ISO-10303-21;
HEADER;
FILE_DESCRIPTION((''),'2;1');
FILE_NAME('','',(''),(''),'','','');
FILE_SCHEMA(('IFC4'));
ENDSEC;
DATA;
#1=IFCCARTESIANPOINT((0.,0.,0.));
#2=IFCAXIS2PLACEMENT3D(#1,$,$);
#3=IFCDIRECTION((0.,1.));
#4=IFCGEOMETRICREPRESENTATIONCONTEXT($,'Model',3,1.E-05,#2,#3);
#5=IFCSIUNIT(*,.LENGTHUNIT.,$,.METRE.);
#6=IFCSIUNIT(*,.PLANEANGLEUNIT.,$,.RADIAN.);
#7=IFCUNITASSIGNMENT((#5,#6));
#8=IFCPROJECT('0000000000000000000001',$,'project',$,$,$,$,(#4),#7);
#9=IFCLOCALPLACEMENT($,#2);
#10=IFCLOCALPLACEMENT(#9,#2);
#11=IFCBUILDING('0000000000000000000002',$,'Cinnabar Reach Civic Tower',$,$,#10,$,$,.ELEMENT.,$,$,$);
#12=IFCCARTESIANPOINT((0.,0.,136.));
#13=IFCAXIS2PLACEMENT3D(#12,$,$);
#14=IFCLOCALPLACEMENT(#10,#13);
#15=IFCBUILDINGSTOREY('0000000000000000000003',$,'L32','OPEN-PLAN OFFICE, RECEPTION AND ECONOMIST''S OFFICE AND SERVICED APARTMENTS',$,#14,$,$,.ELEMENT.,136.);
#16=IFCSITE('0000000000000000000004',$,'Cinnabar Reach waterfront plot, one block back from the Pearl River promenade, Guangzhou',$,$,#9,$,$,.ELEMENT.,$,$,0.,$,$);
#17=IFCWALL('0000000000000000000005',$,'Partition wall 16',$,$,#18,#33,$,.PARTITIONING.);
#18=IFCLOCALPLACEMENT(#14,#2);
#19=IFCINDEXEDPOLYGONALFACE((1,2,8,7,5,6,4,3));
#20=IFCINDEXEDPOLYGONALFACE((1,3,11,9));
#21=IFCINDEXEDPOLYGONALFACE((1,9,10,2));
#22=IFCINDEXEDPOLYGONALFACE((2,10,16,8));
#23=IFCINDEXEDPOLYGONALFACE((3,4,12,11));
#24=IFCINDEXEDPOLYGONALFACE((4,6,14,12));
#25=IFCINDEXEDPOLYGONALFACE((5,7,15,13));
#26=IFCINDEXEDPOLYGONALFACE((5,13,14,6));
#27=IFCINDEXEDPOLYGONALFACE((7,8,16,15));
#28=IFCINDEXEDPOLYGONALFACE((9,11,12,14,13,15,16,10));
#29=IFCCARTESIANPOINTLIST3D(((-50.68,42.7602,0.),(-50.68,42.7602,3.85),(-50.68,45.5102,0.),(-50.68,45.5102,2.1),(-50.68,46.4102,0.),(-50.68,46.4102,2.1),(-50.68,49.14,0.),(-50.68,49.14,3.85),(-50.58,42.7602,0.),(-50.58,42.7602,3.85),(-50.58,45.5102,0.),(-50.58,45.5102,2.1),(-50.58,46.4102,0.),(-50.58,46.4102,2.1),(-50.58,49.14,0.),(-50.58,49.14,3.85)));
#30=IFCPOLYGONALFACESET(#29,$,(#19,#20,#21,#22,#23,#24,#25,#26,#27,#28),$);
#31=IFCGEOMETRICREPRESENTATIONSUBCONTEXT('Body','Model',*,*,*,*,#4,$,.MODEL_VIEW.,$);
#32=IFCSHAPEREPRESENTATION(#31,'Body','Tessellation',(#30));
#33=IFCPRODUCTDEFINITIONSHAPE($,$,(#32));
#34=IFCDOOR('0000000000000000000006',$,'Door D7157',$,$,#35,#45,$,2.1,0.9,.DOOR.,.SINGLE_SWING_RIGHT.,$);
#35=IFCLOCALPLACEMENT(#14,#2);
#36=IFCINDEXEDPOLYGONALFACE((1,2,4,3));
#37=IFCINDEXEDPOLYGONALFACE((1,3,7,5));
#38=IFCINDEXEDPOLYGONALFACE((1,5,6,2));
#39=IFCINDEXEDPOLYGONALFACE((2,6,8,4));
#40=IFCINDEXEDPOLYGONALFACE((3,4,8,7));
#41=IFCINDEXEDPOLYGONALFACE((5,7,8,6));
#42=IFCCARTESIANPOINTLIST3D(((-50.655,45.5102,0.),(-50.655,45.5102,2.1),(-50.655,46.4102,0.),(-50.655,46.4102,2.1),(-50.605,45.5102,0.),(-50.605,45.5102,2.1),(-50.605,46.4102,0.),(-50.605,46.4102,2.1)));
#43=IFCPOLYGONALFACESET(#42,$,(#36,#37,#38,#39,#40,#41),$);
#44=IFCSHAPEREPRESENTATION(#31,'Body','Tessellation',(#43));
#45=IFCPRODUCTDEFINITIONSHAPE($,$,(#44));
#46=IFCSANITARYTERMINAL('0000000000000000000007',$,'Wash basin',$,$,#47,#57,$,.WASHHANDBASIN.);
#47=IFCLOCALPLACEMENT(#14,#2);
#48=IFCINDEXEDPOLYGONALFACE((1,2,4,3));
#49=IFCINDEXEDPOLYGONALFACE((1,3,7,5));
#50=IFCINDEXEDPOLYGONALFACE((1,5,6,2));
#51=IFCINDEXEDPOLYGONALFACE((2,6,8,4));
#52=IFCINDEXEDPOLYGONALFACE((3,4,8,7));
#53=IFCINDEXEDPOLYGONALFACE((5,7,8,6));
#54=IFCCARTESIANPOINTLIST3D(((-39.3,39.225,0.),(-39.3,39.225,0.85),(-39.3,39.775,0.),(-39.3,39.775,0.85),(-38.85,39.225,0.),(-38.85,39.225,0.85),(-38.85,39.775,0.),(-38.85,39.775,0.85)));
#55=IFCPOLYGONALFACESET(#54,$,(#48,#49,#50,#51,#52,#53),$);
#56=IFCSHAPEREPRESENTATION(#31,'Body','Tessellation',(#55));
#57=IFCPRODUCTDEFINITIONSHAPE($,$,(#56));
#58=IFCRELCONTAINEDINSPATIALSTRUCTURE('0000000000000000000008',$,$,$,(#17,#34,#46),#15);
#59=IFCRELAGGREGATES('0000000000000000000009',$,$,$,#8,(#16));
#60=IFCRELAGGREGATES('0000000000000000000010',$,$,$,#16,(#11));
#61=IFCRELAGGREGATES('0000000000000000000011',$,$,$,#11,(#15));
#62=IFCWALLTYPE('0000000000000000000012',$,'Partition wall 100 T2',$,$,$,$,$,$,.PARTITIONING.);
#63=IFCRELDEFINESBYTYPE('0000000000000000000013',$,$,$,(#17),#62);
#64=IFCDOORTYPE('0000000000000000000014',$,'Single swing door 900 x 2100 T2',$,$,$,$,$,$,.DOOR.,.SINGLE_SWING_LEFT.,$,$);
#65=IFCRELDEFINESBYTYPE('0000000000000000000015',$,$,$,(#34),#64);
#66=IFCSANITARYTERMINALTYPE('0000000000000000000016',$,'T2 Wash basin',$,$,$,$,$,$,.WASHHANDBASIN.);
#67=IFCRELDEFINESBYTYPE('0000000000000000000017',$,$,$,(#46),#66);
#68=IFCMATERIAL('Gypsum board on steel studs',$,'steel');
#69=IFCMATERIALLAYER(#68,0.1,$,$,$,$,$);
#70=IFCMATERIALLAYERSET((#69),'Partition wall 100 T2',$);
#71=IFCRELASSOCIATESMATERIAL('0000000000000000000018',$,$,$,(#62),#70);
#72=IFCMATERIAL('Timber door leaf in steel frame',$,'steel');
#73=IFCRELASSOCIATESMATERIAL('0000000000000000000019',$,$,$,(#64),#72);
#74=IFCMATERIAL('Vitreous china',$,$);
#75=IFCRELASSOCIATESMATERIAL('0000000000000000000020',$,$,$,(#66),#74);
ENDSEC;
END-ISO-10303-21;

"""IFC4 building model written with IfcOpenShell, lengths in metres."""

from ifc_helpers import new_model, si_unit, direction, frame, frame_2d, origin, origin_2d, place, context, subcontext, project, spatial, rectangle, extrude, material, layer, layer_set, type_object, element, fill, save


model = new_model("IFC4")

# Units and contexts
model_context = context("Model", 3, precision=1e-05, world=origin(), true_north=direction((0.0, 1.0)))
body_context = subcontext(model_context, "Body", "Model", "MODEL_VIEW")
ifc_project = project(units=[si_unit("LENGTHUNIT", "METRE"), si_unit("PLANEANGLEUNIT", "RADIAN")], contexts=[model_context])

# Site, building, storey
site_placement = place(None, origin())
site = spatial("IfcSite", under=ifc_project, at=site_placement, Name="Cinnabar Reach waterfront plot, one block back from the Pearl River promenade, Guangzhou", CompositionType="ELEMENT", RefElevation=0.0)
building_placement = place(site_placement, origin())
building = spatial("IfcBuilding", under=site, at=building_placement, Name="Cinnabar Reach Civic Tower", CompositionType="ELEMENT")
storey_placement = place(building_placement, frame((0.0, 0.0, 136.0)))
storey = spatial("IfcBuildingStorey", under=building, at=storey_placement, Name="L32", Description="OPEN-PLAN OFFICE, RECEPTION AND ECONOMIST'S OFFICE AND SERVICED APARTMENTS", CompositionType="ELEMENT", Elevation=136.0)

# Shared definitions
ifc_material_1 = material(Name="Gypsum board on steel studs", Category="steel")
ifc_layer_1 = layer(ifc_material_1, 0.1)
ifc_layer_set_1 = layer_set([ifc_layer_1], Name="Partition wall 100 T2")
wall_type_1 = type_object("IfcWallType", Name="Partition wall 100 T2", PredefinedType="PARTITIONING", material=ifc_layer_set_1)

# Wall, opening, door
wall_1_placement = place(storey_placement, frame((-50.63, 42.7602, 0.0), z_axis=(0.0, 0.0, 1.0), x_axis=(0.0, 1.0, 0.0)))
wall_1 = element("IfcWall", 1, at=wall_1_placement, inside=storey, type_object=wall_type_1, Name="Partition wall 16", PredefinedType="PARTITIONING", context=body_context, shape_type="SweptSolid", body=[
    extrude(rectangle(XDim=6.3798, YDim=0.1, at=frame_2d((3.1899, 0.0))), origin(), (0.0, 0.0, 1.0), 3.85),
])
opening_1_placement = place(wall_1_placement, frame((2.75, 0.0, 0.0)))
opening_1 = element("IfcOpeningElement", 2, at=opening_1_placement, cuts=wall_1, PredefinedType="OPENING", context=body_context, shape_type="SweptSolid", body=[
    extrude(rectangle(XDim=0.9, YDim=2.1, at=frame_2d((0.45, 1.05))), frame((0.0, 0.06, 0.0), z_axis=(0.0, -1.0, 0.0), x_axis=(1.0, 0.0, 0.0)), (0.0, 0.0, 1.0), 0.12),
])
ifc_material_2 = material(Name="Timber door leaf in steel frame", Category="steel")
door_type_1 = type_object("IfcDoorType", Name="Single swing door 900 x 2100 T2", OperationType="SINGLE_SWING_LEFT", PredefinedType="DOOR", material=ifc_material_2)
door_1_placement = place(opening_1_placement, frame((0.9, 0.0, 0.0), z_axis=(0.0, 0.0, 1.0), x_axis=(-1.0, 0.0, 0.0)))
door_1 = element("IfcDoor", 3, at=door_1_placement, inside=storey, type_object=door_type_1, Name="Door D7157", OperationType="SINGLE_SWING_RIGHT", OverallHeight=2.1, OverallWidth=0.9, PredefinedType="DOOR", context=body_context, shape_type="SweptSolid", body=[
    extrude(rectangle(XDim=0.9, YDim=2.1, at=frame_2d((0.45, 1.05))), frame((0.0, 0.025, 0.0), z_axis=(0.0, -1.0, 0.0), x_axis=(1.0, 0.0, 0.0)), (0.0, 0.0, 1.0), 0.05),
])
fill(opening_1, door_1)

# Sanitary terminal
ifc_material_3 = material(Name="Vitreous china")
sanitary_terminal_type = type_object("IfcSanitaryTerminalType", Name="T2 Wash basin", PredefinedType="WASHHANDBASIN", material=ifc_material_3)
sanitary_terminal_placement = place(storey_placement, frame((-39.075, 39.5, 0.0), z_axis=(0.0, 0.0, 1.0), x_axis=(1.0, 0.0, 0.0)))
element("IfcSanitaryTerminal", 4, at=sanitary_terminal_placement, inside=storey, type_object=sanitary_terminal_type, Name="Wash basin", PredefinedType="WASHHANDBASIN", context=body_context, shape_type="SweptSolid", body=[
    extrude(rectangle(XDim=0.45, YDim=0.55, at=origin_2d()), origin(), (0.0, 0.0, 1.0), 0.85),
])

save(model, "model.ifc")
